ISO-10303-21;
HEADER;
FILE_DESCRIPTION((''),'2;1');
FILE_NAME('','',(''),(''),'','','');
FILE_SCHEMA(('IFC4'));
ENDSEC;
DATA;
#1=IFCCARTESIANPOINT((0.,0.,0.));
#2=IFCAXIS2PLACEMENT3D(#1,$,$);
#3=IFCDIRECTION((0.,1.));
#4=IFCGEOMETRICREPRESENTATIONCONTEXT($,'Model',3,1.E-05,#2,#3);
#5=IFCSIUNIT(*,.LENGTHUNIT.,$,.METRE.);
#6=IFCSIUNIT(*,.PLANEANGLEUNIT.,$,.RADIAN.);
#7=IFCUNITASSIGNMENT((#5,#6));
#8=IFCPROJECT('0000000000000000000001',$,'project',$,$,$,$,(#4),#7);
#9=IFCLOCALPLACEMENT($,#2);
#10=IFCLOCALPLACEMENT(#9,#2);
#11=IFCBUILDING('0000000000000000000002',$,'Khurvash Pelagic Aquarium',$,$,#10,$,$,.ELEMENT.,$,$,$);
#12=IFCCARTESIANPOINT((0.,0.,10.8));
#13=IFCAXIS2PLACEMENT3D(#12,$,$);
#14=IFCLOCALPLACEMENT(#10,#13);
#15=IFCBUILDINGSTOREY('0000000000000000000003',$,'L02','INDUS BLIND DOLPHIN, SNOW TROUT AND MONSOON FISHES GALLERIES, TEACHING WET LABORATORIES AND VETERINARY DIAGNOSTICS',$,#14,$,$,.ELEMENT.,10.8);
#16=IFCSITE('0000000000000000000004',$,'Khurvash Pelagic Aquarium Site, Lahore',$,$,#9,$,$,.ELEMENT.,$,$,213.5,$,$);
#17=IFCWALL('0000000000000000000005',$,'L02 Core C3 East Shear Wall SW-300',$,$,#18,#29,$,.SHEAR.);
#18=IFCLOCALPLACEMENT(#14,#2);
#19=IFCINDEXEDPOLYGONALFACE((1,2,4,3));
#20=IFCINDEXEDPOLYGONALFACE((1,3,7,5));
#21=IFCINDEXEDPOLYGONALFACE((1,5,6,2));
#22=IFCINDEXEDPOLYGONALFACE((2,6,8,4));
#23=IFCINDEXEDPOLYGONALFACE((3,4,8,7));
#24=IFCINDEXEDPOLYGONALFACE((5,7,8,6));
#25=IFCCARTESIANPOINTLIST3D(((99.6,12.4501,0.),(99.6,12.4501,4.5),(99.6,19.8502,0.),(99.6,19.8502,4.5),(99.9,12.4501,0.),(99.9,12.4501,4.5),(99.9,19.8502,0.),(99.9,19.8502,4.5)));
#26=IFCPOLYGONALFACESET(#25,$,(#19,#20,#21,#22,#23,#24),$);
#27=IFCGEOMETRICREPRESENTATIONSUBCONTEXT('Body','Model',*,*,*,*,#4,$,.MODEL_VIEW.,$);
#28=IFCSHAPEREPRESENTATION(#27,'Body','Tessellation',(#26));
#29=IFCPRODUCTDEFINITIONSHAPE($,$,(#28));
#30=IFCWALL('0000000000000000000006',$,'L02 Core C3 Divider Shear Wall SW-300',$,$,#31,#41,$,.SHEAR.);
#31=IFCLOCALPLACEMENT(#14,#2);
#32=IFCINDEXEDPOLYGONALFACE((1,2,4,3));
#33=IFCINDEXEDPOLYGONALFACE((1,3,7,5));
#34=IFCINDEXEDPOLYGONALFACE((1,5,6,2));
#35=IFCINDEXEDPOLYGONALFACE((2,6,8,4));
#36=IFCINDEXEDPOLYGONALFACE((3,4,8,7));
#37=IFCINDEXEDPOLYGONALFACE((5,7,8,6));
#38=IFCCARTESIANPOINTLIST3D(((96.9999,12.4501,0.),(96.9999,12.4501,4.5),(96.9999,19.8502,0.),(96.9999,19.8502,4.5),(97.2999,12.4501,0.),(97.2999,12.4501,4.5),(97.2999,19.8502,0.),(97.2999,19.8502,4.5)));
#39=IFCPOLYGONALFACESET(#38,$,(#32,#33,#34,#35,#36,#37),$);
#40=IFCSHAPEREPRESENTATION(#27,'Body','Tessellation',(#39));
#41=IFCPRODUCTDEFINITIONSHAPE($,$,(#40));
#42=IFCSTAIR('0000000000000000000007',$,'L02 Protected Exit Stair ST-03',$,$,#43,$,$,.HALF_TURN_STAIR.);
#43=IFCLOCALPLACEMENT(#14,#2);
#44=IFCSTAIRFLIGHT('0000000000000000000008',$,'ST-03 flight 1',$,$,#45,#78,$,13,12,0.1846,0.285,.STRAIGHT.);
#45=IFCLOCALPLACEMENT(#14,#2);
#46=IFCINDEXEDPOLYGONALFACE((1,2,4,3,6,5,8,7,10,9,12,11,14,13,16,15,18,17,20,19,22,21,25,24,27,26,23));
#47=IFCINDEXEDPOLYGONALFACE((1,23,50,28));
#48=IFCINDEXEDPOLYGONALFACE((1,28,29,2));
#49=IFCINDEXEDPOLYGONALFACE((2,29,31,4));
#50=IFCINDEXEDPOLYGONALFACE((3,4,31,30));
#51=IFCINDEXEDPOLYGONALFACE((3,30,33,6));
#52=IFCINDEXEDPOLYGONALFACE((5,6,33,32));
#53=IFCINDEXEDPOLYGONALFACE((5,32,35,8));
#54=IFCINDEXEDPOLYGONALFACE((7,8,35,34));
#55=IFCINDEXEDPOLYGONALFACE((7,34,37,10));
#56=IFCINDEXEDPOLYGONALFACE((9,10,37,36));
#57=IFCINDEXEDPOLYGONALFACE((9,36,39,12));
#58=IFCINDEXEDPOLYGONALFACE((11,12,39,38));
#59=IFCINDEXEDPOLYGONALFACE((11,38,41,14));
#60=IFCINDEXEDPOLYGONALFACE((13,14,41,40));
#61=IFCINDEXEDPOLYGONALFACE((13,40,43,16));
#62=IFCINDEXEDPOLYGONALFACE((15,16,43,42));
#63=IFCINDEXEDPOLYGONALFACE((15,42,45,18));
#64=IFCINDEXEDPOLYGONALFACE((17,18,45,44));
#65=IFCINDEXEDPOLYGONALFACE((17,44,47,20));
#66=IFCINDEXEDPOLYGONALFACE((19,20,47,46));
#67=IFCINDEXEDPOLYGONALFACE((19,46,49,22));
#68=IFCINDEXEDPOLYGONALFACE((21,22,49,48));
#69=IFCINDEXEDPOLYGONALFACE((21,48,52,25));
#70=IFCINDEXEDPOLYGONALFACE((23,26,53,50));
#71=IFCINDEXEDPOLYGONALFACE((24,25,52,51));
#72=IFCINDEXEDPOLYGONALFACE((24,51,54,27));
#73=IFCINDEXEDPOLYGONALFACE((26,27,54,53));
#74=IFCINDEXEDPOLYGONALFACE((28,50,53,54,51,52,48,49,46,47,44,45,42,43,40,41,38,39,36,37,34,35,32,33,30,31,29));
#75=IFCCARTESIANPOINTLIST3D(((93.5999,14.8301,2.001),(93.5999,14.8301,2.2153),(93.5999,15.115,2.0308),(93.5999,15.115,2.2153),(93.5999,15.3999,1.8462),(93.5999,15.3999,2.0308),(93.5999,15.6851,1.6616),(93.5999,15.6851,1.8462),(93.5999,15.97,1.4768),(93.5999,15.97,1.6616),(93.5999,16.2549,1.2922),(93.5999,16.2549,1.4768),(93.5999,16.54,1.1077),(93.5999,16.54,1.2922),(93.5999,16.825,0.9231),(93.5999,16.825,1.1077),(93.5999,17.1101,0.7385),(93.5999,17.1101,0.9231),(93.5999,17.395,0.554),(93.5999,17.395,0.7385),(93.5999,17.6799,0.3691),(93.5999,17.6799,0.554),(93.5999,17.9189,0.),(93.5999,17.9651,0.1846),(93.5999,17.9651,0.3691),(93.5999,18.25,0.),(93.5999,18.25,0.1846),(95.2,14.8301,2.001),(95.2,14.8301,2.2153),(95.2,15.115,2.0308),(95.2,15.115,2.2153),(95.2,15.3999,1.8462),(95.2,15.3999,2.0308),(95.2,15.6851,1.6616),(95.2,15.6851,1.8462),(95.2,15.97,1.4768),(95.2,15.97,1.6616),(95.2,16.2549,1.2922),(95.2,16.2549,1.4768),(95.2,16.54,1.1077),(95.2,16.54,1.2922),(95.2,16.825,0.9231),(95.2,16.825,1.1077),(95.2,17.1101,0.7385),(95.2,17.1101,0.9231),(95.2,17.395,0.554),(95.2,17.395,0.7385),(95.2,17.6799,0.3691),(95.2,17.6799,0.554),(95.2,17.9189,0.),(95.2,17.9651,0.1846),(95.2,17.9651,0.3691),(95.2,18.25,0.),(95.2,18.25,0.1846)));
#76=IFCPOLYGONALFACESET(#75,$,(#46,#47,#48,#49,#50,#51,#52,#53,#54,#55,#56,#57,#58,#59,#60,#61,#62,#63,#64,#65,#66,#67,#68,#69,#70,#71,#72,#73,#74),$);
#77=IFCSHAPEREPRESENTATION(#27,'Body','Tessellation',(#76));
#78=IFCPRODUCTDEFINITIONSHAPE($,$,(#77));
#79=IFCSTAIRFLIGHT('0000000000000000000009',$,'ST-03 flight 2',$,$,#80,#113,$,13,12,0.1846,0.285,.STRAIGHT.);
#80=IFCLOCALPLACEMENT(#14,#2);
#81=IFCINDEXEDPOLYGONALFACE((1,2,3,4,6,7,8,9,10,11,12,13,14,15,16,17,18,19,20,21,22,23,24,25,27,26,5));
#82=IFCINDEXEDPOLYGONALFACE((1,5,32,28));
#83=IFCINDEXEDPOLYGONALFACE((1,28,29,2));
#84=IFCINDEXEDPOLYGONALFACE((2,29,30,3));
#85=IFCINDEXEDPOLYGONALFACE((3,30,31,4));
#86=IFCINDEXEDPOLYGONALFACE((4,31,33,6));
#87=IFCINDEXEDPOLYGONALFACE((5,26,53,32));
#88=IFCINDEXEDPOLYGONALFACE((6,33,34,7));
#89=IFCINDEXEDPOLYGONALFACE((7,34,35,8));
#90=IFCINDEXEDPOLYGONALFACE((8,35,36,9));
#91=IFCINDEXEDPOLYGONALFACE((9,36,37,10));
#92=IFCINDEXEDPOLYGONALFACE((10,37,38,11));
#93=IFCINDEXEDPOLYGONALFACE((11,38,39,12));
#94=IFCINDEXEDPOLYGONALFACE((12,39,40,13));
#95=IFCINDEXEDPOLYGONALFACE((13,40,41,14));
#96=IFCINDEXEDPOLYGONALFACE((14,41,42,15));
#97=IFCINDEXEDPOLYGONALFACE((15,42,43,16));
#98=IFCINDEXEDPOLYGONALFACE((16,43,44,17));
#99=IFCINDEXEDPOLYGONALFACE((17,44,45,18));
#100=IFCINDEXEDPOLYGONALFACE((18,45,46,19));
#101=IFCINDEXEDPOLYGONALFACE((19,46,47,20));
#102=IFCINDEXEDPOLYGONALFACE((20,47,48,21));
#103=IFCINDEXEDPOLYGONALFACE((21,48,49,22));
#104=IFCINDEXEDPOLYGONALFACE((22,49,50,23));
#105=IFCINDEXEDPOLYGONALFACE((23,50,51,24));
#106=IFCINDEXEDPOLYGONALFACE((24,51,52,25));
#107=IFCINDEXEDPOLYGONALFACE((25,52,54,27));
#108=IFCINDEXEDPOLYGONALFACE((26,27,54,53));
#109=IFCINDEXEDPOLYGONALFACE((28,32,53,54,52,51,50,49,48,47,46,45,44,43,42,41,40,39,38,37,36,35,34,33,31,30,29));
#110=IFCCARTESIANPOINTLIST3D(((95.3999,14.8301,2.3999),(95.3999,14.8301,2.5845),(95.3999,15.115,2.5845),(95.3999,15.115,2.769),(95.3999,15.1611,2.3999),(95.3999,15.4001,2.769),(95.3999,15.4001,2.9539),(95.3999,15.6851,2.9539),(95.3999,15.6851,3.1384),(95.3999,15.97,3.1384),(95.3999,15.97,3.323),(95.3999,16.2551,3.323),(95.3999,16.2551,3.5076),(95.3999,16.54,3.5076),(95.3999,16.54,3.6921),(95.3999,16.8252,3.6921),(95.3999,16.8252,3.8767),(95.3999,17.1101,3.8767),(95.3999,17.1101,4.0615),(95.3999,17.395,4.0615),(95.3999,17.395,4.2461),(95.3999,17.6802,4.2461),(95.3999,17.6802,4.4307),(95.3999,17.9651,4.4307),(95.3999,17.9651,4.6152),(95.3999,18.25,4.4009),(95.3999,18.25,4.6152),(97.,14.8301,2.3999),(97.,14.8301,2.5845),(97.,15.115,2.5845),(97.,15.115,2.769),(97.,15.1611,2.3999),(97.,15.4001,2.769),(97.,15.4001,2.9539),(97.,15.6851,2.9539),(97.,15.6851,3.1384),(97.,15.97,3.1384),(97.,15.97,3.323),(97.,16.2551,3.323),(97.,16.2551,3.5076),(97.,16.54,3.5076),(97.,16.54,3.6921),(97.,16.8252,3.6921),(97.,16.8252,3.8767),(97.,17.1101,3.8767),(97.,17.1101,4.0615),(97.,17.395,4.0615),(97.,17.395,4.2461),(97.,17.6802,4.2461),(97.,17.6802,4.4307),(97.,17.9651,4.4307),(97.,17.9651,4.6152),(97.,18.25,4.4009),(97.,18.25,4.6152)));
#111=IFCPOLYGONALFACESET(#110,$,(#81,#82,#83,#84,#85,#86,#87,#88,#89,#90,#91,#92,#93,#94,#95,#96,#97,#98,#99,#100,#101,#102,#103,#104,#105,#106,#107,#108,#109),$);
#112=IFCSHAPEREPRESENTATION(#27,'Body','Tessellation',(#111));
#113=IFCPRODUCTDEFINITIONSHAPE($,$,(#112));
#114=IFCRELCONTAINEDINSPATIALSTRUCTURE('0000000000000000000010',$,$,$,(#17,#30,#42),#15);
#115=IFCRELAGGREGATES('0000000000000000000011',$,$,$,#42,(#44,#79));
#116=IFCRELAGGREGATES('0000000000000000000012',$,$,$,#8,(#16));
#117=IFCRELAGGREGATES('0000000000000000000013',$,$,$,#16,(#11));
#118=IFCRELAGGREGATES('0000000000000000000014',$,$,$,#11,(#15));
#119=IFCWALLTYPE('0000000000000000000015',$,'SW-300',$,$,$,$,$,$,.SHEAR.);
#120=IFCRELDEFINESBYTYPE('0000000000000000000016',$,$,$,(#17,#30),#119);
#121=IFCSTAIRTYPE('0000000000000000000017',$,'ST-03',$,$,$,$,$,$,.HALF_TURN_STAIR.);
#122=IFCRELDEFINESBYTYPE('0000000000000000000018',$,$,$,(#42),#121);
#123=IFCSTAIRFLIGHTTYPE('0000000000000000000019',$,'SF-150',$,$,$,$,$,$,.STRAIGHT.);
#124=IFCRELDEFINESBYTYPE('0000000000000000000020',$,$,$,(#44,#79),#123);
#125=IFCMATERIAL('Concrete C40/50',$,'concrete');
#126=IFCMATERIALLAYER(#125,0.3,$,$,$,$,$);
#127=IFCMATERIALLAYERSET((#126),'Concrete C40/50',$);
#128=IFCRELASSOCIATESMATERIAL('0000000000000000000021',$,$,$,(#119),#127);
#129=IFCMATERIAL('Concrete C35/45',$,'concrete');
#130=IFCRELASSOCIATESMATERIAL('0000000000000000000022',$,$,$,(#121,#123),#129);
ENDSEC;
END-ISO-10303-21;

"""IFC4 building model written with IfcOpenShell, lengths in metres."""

from ifc_helpers import new_model, si_unit, direction, frame, frame_2d, origin, place, context, subcontext, project, spatial, polyline, rectangle, outline, extrude, material, layer, layer_set, type_object, element, aggregate, save


model = new_model("IFC4")

# Units and contexts
model_context = context("Model", 3, precision=1e-05, world=origin(), true_north=direction((0.0, 1.0)))
body_context = subcontext(model_context, "Body", "Model", "MODEL_VIEW")
ifc_project = project(units=[si_unit("LENGTHUNIT", "METRE"), si_unit("PLANEANGLEUNIT", "RADIAN")], contexts=[model_context])

# Site, building, storey
site_placement = place(None, origin())
site = spatial("IfcSite", under=ifc_project, at=site_placement, Name="Khurvash Pelagic Aquarium Site, Lahore", CompositionType="ELEMENT", RefElevation=213.5)
building_placement = place(site_placement, origin())
building = spatial("IfcBuilding", under=site, at=building_placement, Name="Khurvash Pelagic Aquarium", CompositionType="ELEMENT")
storey_placement = place(building_placement, frame((0.0, 0.0, 10.8)))
storey = spatial("IfcBuildingStorey", under=building, at=storey_placement, Name="L02", Description="INDUS BLIND DOLPHIN, SNOW TROUT AND MONSOON FISHES GALLERIES, TEACHING WET LABORATORIES AND VETERINARY DIAGNOSTICS", CompositionType="ELEMENT", Elevation=10.8)

# Shared definitions
ifc_material_1 = material(Name="Concrete C40/50", Category="concrete")

# Shared definitions
ifc_material_2 = material(Name="Concrete C35/45", Category="concrete")

# Walls
ifc_layer_1 = layer(ifc_material_1, 0.3)
ifc_layer_set_1 = layer_set([ifc_layer_1], Name="Concrete C40/50")
wall_type_1 = type_object("IfcWallType", Name="SW-300", PredefinedType="SHEAR", material=ifc_layer_set_1)
for number, where, z_axis, x_axis, name in (
    (1, (99.75, 12.45, 0.0), (0.0, 0.0, 1.0), (0.0, 1.0, 0.0), "L02 Core C3 East Shear Wall SW-300"),
    (2, (97.1499, 12.45, 0.0), (0.0, 0.0, 1.0), (0.0, 1.0, 0.0), "L02 Core C3 Divider Shear Wall SW-300"),
):
    element("IfcWall", number, at=place(storey_placement, frame(where, z_axis=z_axis, x_axis=x_axis)), inside=storey, type_object=wall_type_1, Name=name, PredefinedType="SHEAR", context=body_context, shape_type="SweptSolid", body=[
        extrude(rectangle(XDim=7.4001, YDim=0.3, at=frame_2d((3.7002, 0.0))), origin(), (0.0, 0.0, 1.0), 4.5),
    ])

# Stair, stair flights
stair_type = type_object("IfcStairType", Name="ST-03", PredefinedType="HALF_TURN_STAIR", material=ifc_material_2)
stair_placement = place(storey_placement, origin())
stair = element("IfcStair", 3, at=stair_placement, inside=storey, type_object=stair_type, Name="L02 Protected Exit Stair ST-03", PredefinedType="HALF_TURN_STAIR")
stair_flight_type = type_object("IfcStairFlightType", Name="SF-150", PredefinedType="STRAIGHT", material=ifc_material_2)
stair_flight_1_placement = place(storey_placement, frame((94.3999, 18.25, 0.0), z_axis=(0.0, 0.0, 1.0), x_axis=(0.0, -1.0, 0.0)))
stair_flight_1 = element("IfcStairFlight", 4, at=stair_flight_1_placement, type_object=stair_flight_type, Name="ST-03 flight 1", NumberOfRisers=13, NumberOfTreads=12, PredefinedType="STRAIGHT", RiserHeight=0.1846, TreadLength=0.285, context=body_context, shape_type="SweptSolid", body=[
    extrude(outline(polyline([(0.0, 0.0), (0.0, 0.1846), (0.2849, 0.1846), (0.2849, 0.3691), (0.5701, 0.3691), (0.5701, 0.554), (0.855, 0.554), (0.855, 0.7385), (1.1399, 0.7385), (1.1399, 0.9231), (1.425, 0.9231), (1.425, 1.1077), (1.71, 1.1077), (1.71, 1.2922), (1.9951, 1.2922), (1.9951, 1.4768), (2.28, 1.4768), (2.28, 1.6616), (2.5649, 1.6616), (2.5649, 1.8462), (2.8501, 1.8462), (2.8501, 2.0308), (3.135, 2.0308), (3.135, 2.2153), (3.4199, 2.2153), (3.4199, 2.3999), (3.4199, 2.001), (0.3311, 0.0), (0.0, 0.0)])), frame((0.0, 0.8, 0.0), z_axis=(0.0, -1.0, 0.0), x_axis=(1.0, 0.0, 0.0)), (0.0, 0.0, 1.0), 1.6001),
])
stair_flight_2_placement = place(storey_placement, frame((96.2, 14.8301, 2.3999), z_axis=(0.0, 0.0, 1.0), x_axis=(0.0, 1.0, 0.0)))
stair_flight_2 = element("IfcStairFlight", 5, at=stair_flight_2_placement, type_object=stair_flight_type, Name="ST-03 flight 2", NumberOfRisers=13, NumberOfTreads=12, PredefinedType="STRAIGHT", RiserHeight=0.1846, TreadLength=0.285, context=body_context, shape_type="SweptSolid", body=[
    extrude(outline(polyline([(0.0, 0.0), (0.0, 0.1846), (0.2849, 0.1846), (0.2849, 0.3691), (0.5701, 0.3691), (0.5701, 0.554), (0.855, 0.554), (0.855, 0.7385), (1.1399, 0.7385), (1.1399, 0.9231), (1.425, 0.9231), (1.425, 1.1077), (1.71, 1.1077), (1.71, 1.2922), (1.9951, 1.2922), (1.9951, 1.4768), (2.28, 1.4768), (2.28, 1.6616), (2.5649, 1.6616), (2.5649, 1.8462), (2.8501, 1.8462), (2.8501, 2.0308), (3.135, 2.0308), (3.135, 2.2153), (3.4199, 2.2153), (3.4199, 2.3999), (3.4199, 2.001), (0.3311, 0.0), (0.0, 0.0)])), frame((0.0, 0.8, 0.0), z_axis=(0.0, -1.0, 0.0), x_axis=(1.0, 0.0, 0.0)), (0.0, 0.0, 1.0), 1.6001),
])
aggregate(stair, [stair_flight_1, stair_flight_2])

save(model, "model.ifc")
